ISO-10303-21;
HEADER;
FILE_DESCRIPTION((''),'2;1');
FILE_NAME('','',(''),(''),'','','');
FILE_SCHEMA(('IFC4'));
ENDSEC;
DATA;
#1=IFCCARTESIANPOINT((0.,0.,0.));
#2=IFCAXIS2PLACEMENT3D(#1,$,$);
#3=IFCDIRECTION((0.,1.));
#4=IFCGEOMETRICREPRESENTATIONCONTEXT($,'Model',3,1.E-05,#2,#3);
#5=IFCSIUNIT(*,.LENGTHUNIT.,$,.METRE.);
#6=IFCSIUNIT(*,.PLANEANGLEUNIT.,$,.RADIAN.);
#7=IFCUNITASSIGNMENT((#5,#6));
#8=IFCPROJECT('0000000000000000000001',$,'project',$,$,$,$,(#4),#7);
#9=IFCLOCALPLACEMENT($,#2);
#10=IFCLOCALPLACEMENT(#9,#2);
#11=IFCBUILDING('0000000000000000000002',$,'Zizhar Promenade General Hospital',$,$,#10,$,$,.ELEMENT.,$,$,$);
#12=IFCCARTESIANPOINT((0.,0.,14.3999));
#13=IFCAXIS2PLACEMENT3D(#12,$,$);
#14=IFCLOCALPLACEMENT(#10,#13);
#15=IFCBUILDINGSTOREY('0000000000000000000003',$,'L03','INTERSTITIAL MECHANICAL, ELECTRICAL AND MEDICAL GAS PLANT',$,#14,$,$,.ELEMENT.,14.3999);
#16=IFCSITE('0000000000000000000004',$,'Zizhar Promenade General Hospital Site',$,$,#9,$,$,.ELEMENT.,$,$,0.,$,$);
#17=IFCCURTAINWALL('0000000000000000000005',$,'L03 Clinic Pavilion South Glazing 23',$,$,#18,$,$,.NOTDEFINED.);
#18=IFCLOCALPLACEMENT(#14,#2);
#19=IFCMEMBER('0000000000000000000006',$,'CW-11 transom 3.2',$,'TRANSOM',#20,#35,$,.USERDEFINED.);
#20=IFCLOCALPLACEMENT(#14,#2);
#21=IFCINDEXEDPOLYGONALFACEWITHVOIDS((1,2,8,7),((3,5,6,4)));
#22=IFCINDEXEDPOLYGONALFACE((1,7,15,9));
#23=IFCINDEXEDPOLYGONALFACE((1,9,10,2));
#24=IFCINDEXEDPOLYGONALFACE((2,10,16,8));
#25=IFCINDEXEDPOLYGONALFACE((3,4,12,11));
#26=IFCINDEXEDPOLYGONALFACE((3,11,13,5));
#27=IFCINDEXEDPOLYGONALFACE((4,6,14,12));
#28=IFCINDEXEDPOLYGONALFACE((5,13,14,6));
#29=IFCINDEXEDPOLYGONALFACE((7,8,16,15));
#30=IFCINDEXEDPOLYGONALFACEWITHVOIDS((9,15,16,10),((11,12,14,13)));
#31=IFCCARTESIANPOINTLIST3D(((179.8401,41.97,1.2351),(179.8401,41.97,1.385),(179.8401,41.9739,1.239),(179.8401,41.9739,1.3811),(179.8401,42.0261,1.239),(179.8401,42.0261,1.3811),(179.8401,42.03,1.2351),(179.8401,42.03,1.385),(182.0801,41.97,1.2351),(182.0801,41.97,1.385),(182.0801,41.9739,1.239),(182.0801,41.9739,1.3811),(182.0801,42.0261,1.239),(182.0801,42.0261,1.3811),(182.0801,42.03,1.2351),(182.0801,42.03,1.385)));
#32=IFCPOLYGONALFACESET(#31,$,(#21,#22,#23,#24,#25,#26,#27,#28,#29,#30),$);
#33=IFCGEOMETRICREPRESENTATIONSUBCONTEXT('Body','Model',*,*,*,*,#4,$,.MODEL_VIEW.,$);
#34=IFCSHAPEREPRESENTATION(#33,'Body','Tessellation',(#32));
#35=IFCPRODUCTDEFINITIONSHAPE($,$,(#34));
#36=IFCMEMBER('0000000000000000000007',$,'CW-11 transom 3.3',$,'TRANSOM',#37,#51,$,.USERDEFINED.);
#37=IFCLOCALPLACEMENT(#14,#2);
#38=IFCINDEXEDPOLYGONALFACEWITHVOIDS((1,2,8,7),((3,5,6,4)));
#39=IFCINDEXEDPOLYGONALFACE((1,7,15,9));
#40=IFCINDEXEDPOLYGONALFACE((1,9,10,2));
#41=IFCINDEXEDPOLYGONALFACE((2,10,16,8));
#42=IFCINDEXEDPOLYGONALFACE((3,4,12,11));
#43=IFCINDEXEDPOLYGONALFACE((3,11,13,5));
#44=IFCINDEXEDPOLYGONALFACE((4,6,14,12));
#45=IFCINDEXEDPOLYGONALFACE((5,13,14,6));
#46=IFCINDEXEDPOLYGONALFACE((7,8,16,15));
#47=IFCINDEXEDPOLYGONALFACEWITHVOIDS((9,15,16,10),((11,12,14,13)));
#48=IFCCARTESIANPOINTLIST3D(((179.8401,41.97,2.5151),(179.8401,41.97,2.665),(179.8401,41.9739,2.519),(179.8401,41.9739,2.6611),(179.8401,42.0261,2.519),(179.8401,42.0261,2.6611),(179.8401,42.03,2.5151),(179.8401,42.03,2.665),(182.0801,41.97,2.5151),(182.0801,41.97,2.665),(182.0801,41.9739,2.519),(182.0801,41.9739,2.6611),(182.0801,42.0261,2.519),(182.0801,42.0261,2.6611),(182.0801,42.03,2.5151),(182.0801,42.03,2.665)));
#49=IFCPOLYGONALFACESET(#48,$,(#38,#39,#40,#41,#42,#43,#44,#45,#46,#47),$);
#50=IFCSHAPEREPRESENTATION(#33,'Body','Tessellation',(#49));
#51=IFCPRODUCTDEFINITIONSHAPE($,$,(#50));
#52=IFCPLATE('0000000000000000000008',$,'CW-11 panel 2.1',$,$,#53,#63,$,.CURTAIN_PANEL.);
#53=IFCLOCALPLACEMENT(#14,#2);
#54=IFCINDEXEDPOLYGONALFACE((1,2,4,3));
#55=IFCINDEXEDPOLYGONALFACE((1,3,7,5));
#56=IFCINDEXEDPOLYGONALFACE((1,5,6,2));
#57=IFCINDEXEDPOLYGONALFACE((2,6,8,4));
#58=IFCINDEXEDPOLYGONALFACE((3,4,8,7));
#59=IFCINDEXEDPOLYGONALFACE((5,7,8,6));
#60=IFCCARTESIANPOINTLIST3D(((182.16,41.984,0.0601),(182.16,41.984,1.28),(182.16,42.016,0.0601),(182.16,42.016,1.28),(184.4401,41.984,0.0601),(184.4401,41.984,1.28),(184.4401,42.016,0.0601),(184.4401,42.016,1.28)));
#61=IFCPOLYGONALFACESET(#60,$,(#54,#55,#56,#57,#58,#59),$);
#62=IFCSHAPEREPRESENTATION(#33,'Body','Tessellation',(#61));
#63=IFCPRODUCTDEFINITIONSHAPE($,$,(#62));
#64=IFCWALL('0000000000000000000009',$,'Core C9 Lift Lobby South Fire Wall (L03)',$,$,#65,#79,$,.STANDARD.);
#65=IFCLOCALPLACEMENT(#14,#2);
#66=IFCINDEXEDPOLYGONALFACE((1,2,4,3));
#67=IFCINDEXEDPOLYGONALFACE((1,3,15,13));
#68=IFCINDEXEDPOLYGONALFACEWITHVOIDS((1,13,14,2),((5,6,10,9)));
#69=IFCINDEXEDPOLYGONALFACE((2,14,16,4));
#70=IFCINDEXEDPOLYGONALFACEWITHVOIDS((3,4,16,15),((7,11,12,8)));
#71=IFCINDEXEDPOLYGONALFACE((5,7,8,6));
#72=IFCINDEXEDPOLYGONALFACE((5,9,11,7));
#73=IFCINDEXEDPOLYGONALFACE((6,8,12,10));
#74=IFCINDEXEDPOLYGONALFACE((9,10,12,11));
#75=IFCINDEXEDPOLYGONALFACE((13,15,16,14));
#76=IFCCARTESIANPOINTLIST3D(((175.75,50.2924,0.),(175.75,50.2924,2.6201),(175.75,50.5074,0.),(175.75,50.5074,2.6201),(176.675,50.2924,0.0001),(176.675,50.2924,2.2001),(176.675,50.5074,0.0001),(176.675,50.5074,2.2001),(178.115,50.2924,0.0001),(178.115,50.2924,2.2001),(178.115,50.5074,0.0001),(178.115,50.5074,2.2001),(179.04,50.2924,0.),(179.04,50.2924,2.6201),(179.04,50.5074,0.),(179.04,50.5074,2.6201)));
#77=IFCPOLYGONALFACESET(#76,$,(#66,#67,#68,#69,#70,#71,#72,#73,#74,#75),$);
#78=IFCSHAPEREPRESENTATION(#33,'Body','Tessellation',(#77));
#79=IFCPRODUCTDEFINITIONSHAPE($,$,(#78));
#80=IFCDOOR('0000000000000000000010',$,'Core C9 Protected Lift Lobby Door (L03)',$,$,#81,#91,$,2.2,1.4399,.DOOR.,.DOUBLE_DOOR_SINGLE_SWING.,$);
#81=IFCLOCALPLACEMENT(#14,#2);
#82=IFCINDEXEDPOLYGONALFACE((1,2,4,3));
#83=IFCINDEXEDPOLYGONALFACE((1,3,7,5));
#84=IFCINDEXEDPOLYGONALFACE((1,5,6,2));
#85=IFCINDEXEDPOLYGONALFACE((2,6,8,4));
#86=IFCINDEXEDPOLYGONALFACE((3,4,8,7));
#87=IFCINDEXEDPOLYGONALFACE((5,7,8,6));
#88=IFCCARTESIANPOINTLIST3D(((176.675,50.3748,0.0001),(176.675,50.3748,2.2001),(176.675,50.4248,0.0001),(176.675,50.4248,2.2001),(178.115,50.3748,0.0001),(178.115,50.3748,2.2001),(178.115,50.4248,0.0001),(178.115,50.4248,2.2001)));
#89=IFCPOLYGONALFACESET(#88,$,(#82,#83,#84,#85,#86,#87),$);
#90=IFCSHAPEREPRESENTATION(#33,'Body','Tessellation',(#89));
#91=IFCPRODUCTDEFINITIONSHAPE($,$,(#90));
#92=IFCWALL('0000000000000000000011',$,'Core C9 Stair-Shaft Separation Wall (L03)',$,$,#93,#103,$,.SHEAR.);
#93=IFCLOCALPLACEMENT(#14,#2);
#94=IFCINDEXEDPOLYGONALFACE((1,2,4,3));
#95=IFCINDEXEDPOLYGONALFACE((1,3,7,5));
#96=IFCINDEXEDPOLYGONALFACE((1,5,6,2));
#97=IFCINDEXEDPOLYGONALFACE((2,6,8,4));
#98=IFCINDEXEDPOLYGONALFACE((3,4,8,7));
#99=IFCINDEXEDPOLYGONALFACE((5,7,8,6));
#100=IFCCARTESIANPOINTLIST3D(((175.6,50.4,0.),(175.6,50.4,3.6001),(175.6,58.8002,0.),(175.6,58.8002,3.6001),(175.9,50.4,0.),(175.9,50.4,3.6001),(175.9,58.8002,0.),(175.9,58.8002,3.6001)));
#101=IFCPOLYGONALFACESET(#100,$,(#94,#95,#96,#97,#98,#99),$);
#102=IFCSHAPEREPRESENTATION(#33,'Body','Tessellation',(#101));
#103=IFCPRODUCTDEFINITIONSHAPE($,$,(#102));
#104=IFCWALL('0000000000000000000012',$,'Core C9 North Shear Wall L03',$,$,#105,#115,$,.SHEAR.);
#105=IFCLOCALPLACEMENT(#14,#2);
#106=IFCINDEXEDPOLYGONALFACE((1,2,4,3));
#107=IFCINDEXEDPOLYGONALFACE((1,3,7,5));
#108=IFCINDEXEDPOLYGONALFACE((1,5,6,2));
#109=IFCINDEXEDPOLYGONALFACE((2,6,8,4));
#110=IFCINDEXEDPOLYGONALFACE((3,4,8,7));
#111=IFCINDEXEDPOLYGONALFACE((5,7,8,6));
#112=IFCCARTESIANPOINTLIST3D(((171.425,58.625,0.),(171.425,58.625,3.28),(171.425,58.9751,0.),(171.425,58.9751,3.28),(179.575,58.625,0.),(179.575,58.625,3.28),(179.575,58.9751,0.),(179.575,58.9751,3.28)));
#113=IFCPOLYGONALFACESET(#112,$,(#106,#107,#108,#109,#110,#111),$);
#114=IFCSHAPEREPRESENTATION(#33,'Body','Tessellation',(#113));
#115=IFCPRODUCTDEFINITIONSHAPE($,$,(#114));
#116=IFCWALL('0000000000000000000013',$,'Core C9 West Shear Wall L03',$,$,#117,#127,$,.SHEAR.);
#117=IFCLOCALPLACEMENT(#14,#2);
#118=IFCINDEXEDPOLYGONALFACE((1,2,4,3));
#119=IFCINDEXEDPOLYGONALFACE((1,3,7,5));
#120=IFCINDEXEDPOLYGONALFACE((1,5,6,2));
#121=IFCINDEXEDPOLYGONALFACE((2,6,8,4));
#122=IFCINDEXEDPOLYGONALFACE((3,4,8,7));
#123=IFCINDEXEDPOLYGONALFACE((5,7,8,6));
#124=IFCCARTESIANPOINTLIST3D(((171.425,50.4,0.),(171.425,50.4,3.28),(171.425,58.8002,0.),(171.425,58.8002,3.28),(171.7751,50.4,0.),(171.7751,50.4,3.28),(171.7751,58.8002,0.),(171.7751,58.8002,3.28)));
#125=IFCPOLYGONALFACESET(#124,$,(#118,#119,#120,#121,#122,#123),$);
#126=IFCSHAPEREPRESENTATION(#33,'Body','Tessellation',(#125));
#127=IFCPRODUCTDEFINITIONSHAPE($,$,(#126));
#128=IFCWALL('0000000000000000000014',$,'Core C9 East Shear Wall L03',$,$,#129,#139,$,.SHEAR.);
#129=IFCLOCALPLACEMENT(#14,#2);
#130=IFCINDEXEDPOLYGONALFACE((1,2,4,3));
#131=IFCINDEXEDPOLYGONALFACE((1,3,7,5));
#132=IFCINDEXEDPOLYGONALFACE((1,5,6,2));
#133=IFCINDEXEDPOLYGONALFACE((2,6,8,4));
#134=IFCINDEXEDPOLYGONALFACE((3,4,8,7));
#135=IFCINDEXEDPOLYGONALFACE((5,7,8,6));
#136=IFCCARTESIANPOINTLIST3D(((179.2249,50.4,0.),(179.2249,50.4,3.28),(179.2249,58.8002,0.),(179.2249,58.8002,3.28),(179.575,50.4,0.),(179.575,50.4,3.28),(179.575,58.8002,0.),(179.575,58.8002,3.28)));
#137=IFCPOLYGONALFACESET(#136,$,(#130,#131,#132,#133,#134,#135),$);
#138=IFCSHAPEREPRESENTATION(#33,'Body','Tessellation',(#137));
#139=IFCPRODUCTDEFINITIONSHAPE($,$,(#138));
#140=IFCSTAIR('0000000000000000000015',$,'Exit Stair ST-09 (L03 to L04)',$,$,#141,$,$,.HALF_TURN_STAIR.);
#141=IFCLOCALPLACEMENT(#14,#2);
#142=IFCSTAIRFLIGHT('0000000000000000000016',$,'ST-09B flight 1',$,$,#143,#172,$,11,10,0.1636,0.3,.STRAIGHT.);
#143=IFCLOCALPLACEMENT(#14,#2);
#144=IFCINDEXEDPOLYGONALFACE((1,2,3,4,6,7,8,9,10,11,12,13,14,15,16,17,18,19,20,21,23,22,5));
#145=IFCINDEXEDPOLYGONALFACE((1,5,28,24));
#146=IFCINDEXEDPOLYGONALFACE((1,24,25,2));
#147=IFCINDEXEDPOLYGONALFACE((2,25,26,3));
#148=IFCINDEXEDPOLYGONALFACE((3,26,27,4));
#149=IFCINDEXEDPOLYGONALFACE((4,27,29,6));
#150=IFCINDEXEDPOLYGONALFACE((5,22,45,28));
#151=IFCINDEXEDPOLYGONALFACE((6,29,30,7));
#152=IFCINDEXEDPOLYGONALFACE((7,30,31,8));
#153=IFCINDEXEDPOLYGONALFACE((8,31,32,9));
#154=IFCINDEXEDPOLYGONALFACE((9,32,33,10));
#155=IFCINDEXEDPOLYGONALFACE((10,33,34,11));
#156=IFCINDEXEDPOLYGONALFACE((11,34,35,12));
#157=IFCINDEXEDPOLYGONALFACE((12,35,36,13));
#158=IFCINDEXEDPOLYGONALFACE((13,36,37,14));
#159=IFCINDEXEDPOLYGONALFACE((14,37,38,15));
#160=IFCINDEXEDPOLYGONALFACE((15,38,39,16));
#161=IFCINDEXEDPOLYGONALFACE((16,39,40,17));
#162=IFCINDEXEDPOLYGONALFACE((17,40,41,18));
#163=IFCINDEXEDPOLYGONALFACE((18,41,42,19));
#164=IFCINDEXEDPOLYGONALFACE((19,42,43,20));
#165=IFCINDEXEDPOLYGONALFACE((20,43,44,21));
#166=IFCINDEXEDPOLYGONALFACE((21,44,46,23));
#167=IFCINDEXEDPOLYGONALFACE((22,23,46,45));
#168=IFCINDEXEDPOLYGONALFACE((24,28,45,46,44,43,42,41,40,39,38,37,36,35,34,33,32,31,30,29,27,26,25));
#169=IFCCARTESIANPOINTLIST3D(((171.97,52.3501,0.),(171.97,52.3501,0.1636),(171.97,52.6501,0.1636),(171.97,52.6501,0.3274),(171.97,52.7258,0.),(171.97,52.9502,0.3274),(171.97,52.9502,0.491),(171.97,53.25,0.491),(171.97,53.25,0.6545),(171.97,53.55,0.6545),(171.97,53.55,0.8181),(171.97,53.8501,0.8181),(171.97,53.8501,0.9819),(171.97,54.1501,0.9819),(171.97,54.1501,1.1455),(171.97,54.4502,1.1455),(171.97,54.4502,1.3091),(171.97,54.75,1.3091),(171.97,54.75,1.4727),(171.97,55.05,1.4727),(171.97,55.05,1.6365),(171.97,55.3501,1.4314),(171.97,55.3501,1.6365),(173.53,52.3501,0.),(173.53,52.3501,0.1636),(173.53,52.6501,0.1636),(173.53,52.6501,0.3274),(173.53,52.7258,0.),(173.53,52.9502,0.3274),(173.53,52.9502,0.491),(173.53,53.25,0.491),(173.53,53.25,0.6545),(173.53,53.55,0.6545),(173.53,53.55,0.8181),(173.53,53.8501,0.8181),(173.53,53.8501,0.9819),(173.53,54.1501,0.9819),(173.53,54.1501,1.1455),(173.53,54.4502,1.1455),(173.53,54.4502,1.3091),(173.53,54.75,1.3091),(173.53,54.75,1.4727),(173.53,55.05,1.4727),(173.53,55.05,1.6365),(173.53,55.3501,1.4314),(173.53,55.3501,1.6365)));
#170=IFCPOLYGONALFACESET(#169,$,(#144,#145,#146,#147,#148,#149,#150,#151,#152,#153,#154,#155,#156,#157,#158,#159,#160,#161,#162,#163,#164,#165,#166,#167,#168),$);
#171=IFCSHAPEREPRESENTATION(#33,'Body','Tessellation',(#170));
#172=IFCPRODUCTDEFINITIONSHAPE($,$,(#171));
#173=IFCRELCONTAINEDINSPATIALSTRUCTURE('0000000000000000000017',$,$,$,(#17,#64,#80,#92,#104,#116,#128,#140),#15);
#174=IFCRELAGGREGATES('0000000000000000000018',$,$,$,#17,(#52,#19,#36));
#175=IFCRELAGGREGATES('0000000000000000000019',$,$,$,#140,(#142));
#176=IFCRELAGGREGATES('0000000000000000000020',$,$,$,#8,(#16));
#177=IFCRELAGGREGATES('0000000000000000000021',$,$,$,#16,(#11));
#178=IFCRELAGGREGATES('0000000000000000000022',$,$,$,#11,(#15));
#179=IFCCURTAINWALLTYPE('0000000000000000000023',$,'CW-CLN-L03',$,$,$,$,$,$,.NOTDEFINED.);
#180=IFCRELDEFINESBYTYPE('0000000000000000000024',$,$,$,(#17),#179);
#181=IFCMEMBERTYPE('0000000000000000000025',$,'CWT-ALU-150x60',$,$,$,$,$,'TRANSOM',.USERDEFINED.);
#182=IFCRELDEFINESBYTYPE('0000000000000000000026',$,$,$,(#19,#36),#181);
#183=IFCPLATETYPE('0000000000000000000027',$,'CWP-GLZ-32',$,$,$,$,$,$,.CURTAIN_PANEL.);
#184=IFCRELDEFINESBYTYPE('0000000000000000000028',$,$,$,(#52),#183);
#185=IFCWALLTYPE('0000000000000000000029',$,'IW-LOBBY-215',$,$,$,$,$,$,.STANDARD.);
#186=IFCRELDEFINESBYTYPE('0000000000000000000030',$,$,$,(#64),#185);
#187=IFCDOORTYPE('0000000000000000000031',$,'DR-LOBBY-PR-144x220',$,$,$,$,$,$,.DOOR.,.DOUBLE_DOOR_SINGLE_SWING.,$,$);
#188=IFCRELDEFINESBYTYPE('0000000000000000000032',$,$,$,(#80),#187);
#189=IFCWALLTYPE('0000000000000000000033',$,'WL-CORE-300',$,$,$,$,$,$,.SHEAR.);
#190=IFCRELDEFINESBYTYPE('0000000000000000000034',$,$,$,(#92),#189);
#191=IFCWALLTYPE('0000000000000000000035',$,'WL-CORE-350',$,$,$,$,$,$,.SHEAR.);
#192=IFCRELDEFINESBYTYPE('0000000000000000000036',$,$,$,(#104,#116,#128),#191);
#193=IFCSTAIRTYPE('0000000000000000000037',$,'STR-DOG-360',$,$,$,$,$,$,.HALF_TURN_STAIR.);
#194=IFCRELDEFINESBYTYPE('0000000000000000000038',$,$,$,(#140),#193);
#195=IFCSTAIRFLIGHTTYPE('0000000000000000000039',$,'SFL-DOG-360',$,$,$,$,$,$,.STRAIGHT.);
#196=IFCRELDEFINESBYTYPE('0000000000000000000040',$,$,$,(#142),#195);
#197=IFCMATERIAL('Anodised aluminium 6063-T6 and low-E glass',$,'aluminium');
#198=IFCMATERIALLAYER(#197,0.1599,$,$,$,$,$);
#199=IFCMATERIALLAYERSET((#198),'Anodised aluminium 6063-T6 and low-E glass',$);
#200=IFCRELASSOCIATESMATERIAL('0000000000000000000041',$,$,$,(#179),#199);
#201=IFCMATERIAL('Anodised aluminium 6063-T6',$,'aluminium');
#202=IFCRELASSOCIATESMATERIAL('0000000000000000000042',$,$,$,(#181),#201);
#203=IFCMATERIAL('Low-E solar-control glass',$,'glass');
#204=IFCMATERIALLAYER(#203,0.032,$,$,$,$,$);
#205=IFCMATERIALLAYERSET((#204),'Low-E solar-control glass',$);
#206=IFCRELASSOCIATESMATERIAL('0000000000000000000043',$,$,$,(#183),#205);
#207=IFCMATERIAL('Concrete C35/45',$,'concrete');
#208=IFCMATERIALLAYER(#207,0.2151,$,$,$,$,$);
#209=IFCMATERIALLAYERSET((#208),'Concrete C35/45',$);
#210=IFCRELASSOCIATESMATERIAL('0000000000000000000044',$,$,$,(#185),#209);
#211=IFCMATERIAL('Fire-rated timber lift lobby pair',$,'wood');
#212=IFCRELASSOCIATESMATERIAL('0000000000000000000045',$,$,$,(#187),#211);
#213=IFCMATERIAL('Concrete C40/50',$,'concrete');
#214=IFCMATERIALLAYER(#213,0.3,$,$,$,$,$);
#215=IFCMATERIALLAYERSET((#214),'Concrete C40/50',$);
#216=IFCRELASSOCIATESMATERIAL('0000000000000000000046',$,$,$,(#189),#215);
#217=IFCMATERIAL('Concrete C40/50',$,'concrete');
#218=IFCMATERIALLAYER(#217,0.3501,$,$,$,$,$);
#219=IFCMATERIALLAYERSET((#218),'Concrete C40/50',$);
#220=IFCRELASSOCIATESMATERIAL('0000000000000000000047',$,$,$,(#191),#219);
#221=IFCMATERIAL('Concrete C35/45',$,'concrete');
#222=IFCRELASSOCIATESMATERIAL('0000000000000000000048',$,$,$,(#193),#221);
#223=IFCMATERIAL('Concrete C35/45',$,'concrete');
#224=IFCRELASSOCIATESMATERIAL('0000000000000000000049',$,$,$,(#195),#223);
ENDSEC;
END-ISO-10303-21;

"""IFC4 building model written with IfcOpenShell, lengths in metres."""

from ifc_helpers import new_model, si_unit, direction, frame, frame_2d, origin, origin_2d, place, context, subcontext, project, spatial, polyline, rectangle, hollow_rectangle, outline, extrude, material, layer, layer_set, material_profile, profile_set, type_object, element, fill, aggregate, save


model = new_model("IFC4")

# Units and contexts
model_context = context("Model", 3, precision=1e-05, world=origin(), true_north=direction((0.0, 1.0)))
body_context = subcontext(model_context, "Body", "Model", "MODEL_VIEW")
ifc_project = project(units=[si_unit("LENGTHUNIT", "METRE"), si_unit("PLANEANGLEUNIT", "RADIAN")], contexts=[model_context])

# Site, building, storey
site_placement = place(None, origin())
site = spatial("IfcSite", under=ifc_project, at=site_placement, Name="Zizhar Promenade General Hospital Site", CompositionType="ELEMENT", RefElevation=0.0)
building_placement = place(site_placement, origin())
building = spatial("IfcBuilding", under=site, at=building_placement, Name="Zizhar Promenade General Hospital", CompositionType="ELEMENT")
storey_placement = place(building_placement, frame((0.0, 0.0, 14.3999)))
storey = spatial("IfcBuildingStorey", under=building, at=storey_placement, Name="L03", Description="INTERSTITIAL MECHANICAL, ELECTRICAL AND MEDICAL GAS PLANT", CompositionType="ELEMENT", Elevation=14.3999)

# Curtain wall, members, plate
ifc_material_1 = material(Name="Anodised aluminium 6063-T6 and low-E glass", Category="aluminium")
ifc_layer_1 = layer(ifc_material_1, 0.1599)
ifc_layer_set_1 = layer_set([ifc_layer_1], Name="Anodised aluminium 6063-T6 and low-E glass")
curtain_wall_type = type_object("IfcCurtainWallType", Name="CW-CLN-L03", PredefinedType="NOTDEFINED", material=ifc_layer_set_1)
curtain_wall_placement = place(storey_placement, origin())
curtain_wall = element("IfcCurtainWall", 1, at=curtain_wall_placement, inside=storey, type_object=curtain_wall_type, Name="L03 Clinic Pavilion South Glazing 23", PredefinedType="NOTDEFINED")
ifc_material_2 = material(Name="Anodised aluminium 6063-T6", Category="aluminium")
ifc_material_profile_1 = material_profile(ifc_material_2, hollow_rectangle(XDim=0.0601, YDim=0.1499, WallThickness=0.0039, at=origin_2d()))
ifc_profile_set_1 = profile_set([ifc_material_profile_1], Name="Anodised aluminium 6063-T6")
member_type_1 = type_object("IfcMemberType", Name="CWT-ALU-150x60", ElementType="TRANSOM", PredefinedType="USERDEFINED", material=ifc_profile_set_1)
member_1_placement = place(storey_placement, frame((182.0801, 42.0, 1.3101), z_axis=(-1.0, 0.0, 0.0), x_axis=(0.0, -1.0, 0.0)))
member_1 = element("IfcMember", 2, at=member_1_placement, type_object=member_type_1, Name="CW-11 transom 3.2", ObjectType="TRANSOM", PredefinedType="USERDEFINED", context=body_context, shape_type="SweptSolid", body=[
    extrude(hollow_rectangle(XDim=0.0601, YDim=0.1499, WallThickness=0.0039, at=origin_2d()), origin(), (0.0, 0.0, 1.0), 2.24),
])
member_2_placement = place(storey_placement, frame((182.0801, 42.0, 2.5901), z_axis=(-1.0, 0.0, 0.0), x_axis=(0.0, -1.0, 0.0)))
member_2 = element("IfcMember", 3, at=member_2_placement, type_object=member_type_1, Name="CW-11 transom 3.3", ObjectType="TRANSOM", PredefinedType="USERDEFINED", context=body_context, shape_type="SweptSolid", body=[
    extrude(hollow_rectangle(XDim=0.0601, YDim=0.1499, WallThickness=0.0039, at=origin_2d()), origin(), (0.0, 0.0, 1.0), 2.24),
])
ifc_material_3 = material(Name="Low-E solar-control glass", Category="glass")
ifc_layer_2 = layer(ifc_material_3, 0.032)
ifc_layer_set_2 = layer_set([ifc_layer_2], Name="Low-E solar-control glass")
plate_type = type_object("IfcPlateType", Name="CWP-GLZ-32", PredefinedType="CURTAIN_PANEL", material=ifc_layer_set_2)
plate_placement = place(storey_placement, frame((183.3, 42.0, 0.0601), z_axis=(0.0, 0.0, 1.0), x_axis=(-1.0, 0.0, 0.0)))
plate = element("IfcPlate", 4, at=plate_placement, type_object=plate_type, Name="CW-11 panel 2.1", PredefinedType="CURTAIN_PANEL", context=body_context, shape_type="SweptSolid", body=[
    extrude(rectangle(XDim=2.28, YDim=0.032, at=origin_2d()), origin(), (0.0, 0.0, 1.0), 1.22),
])
aggregate(curtain_wall, [plate, member_1, member_2])

# Wall, opening, door
ifc_material_4 = material(Name="Concrete C35/45", Category="concrete")
ifc_layer_3 = layer(ifc_material_4, 0.2151)
ifc_layer_set_3 = layer_set([ifc_layer_3], Name="Concrete C35/45")
wall_type_1 = type_object("IfcWallType", Name="IW-LOBBY-215", PredefinedType="STANDARD", material=ifc_layer_set_3)
wall_1_placement = place(storey_placement, frame((175.75, 50.3999, 0.0), z_axis=(0.0, 0.0, 1.0), x_axis=(1.0, 0.0, 0.0)))
wall_1 = element("IfcWall", 5, at=wall_1_placement, inside=storey, type_object=wall_type_1, Name="Core C9 Lift Lobby South Fire Wall (L03)", PredefinedType="STANDARD", context=body_context, shape_type="SweptSolid", body=[
    extrude(rectangle(XDim=3.29, YDim=0.2151, at=frame_2d((1.645, 0.0))), origin(), (0.0, 0.0, 1.0), 2.6201),
])
opening_1_placement = place(wall_1_placement, frame((0.925, 0.0, 0.0)))
opening_1 = element("IfcOpeningElement", 6, at=opening_1_placement, cuts=wall_1, PredefinedType="OPENING", context=body_context, shape_type="SweptSolid", body=[
    extrude(rectangle(XDim=1.4399, YDim=2.2, at=frame_2d((0.72, 1.1001))), frame((0.0, 0.1177, 0.0), z_axis=(0.0, -1.0, 0.0), x_axis=(1.0, 0.0, 0.0)), (0.0, 0.0, 1.0), 0.2351),
])
ifc_material_5 = material(Name="Fire-rated timber lift lobby pair", Category="wood")
door_type_1 = type_object("IfcDoorType", Name="DR-LOBBY-PR-144x220", OperationType="DOUBLE_DOOR_SINGLE_SWING", PredefinedType="DOOR", material=ifc_material_5)
door_1_placement = place(opening_1_placement, origin())
door_1 = element("IfcDoor", 7, at=door_1_placement, inside=storey, type_object=door_type_1, Name="Core C9 Protected Lift Lobby Door (L03)", OperationType="DOUBLE_DOOR_SINGLE_SWING", OverallHeight=2.2, OverallWidth=1.4399, PredefinedType="DOOR", context=body_context, shape_type="SweptSolid", body=[
    extrude(rectangle(XDim=1.4399, YDim=2.2, at=frame_2d((0.72, 1.1001))), frame((0.0, 0.0249, 0.0), z_axis=(0.0, -1.0, 0.0), x_axis=(1.0, 0.0, 0.0)), (0.0, 0.0, 1.0), 0.05),
])
fill(opening_1, door_1)
ifc_material_6 = material(Name="Concrete C40/50", Category="concrete")
ifc_layer_4 = layer(ifc_material_6, 0.3)
ifc_layer_set_4 = layer_set([ifc_layer_4], Name="Concrete C40/50")
wall_type_2 = type_object("IfcWallType", Name="WL-CORE-300", PredefinedType="SHEAR", material=ifc_layer_set_4)

# Walls
wall_2_placement = place(storey_placement, frame((175.75, 50.3999, 0.0), z_axis=(0.0, 0.0, 1.0), x_axis=(0.0, 1.0, 0.0)))
element("IfcWall", 8, at=wall_2_placement, inside=storey, type_object=wall_type_2, Name="Core C9 Stair-Shaft Separation Wall (L03)", PredefinedType="SHEAR", context=body_context, shape_type="SweptSolid", body=[
    extrude(rectangle(XDim=8.4001, YDim=0.3, at=frame_2d((4.2002, 0.0))), origin(), (0.0, 0.0, 1.0), 3.6001),
])
ifc_material_7 = material(Name="Concrete C40/50", Category="concrete")
ifc_layer_5 = layer(ifc_material_7, 0.3501)
ifc_layer_set_5 = layer_set([ifc_layer_5], Name="Concrete C40/50")
wall_type_3 = type_object("IfcWallType", Name="WL-CORE-350", PredefinedType="SHEAR", material=ifc_layer_set_5)
wall_3_placement = place(storey_placement, frame((171.425, 58.8, 0.0), z_axis=(0.0, 0.0, 1.0), x_axis=(1.0, 0.0, 0.0)))
element("IfcWall", 9, at=wall_3_placement, inside=storey, type_object=wall_type_3, Name="Core C9 North Shear Wall L03", PredefinedType="SHEAR", context=body_context, shape_type="SweptSolid", body=[
    extrude(rectangle(XDim=8.1499, YDim=0.3501, at=frame_2d((4.075, 0.0))), origin(), (0.0, 0.0, 1.0), 3.28),
])
for number, where, z_axis, x_axis, name in (
    (10, (171.6001, 50.3999, 0.0), (0.0, 0.0, 1.0), (0.0, 1.0, 0.0), "Core C9 West Shear Wall L03"),
    (11, (179.3999, 50.3999, 0.0), (0.0, 0.0, 1.0), (0.0, 1.0, 0.0), "Core C9 East Shear Wall L03"),
):
    element("IfcWall", number, at=place(storey_placement, frame(where, z_axis=z_axis, x_axis=x_axis)), inside=storey, type_object=wall_type_3, Name=name, PredefinedType="SHEAR", context=body_context, shape_type="SweptSolid", body=[
        extrude(rectangle(XDim=8.4001, YDim=0.3501, at=frame_2d((4.2002, 0.0))), origin(), (0.0, 0.0, 1.0), 3.28),
    ])

# Stair, stair flight
ifc_material_8 = material(Name="Concrete C35/45", Category="concrete")
stair_type = type_object("IfcStairType", Name="STR-DOG-360", PredefinedType="HALF_TURN_STAIR", material=ifc_material_8)
stair_placement = place(storey_placement, origin())
stair = element("IfcStair", 12, at=stair_placement, inside=storey, type_object=stair_type, Name="Exit Stair ST-09 (L03 to L04)", PredefinedType="HALF_TURN_STAIR")
ifc_material_9 = material(Name="Concrete C35/45", Category="concrete")
stair_flight_type = type_object("IfcStairFlightType", Name="SFL-DOG-360", PredefinedType="STRAIGHT", material=ifc_material_9)
stair_flight_1_placement = place(storey_placement, frame((172.75, 52.3501, 0.0), z_axis=(0.0, 0.0, 1.0), x_axis=(0.0, 1.0, 0.0)))
stair_flight_1 = element("IfcStairFlight", 13, at=stair_flight_1_placement, type_object=stair_flight_type, Name="ST-09B flight 1", NumberOfRisers=11, NumberOfTreads=10, PredefinedType="STRAIGHT", RiserHeight=0.1636, TreadLength=0.3, context=body_context, shape_type="SweptSolid", body=[
    extrude(outline(polyline([(0.0, 0.0), (0.0, 0.1636), (0.3, 0.1636), (0.3, 0.3274), (0.6001, 0.3274), (0.6001, 0.491), (0.8999, 0.491), (0.8999, 0.6545), (1.2, 0.6545), (1.2, 0.8181), (1.5, 0.8181), (1.5, 0.9819), (1.8, 0.9819), (1.8, 1.1455), (2.1001, 1.1455), (2.1001, 1.3091), (2.3999, 1.3091), (2.3999, 1.4727), (2.7, 1.4727), (2.7, 1.6365), (3.0, 1.6365), (3.0, 1.8), (3.0, 1.4314), (0.3757, 0.0), (0.0, 0.0)])), frame((0.0, 0.78, 0.0), z_axis=(0.0, -1.0, 0.0), x_axis=(1.0, 0.0, 0.0)), (0.0, 0.0, 1.0), 1.5601),
])
aggregate(stair, [stair_flight_1])

save(model, "model.ifc")
